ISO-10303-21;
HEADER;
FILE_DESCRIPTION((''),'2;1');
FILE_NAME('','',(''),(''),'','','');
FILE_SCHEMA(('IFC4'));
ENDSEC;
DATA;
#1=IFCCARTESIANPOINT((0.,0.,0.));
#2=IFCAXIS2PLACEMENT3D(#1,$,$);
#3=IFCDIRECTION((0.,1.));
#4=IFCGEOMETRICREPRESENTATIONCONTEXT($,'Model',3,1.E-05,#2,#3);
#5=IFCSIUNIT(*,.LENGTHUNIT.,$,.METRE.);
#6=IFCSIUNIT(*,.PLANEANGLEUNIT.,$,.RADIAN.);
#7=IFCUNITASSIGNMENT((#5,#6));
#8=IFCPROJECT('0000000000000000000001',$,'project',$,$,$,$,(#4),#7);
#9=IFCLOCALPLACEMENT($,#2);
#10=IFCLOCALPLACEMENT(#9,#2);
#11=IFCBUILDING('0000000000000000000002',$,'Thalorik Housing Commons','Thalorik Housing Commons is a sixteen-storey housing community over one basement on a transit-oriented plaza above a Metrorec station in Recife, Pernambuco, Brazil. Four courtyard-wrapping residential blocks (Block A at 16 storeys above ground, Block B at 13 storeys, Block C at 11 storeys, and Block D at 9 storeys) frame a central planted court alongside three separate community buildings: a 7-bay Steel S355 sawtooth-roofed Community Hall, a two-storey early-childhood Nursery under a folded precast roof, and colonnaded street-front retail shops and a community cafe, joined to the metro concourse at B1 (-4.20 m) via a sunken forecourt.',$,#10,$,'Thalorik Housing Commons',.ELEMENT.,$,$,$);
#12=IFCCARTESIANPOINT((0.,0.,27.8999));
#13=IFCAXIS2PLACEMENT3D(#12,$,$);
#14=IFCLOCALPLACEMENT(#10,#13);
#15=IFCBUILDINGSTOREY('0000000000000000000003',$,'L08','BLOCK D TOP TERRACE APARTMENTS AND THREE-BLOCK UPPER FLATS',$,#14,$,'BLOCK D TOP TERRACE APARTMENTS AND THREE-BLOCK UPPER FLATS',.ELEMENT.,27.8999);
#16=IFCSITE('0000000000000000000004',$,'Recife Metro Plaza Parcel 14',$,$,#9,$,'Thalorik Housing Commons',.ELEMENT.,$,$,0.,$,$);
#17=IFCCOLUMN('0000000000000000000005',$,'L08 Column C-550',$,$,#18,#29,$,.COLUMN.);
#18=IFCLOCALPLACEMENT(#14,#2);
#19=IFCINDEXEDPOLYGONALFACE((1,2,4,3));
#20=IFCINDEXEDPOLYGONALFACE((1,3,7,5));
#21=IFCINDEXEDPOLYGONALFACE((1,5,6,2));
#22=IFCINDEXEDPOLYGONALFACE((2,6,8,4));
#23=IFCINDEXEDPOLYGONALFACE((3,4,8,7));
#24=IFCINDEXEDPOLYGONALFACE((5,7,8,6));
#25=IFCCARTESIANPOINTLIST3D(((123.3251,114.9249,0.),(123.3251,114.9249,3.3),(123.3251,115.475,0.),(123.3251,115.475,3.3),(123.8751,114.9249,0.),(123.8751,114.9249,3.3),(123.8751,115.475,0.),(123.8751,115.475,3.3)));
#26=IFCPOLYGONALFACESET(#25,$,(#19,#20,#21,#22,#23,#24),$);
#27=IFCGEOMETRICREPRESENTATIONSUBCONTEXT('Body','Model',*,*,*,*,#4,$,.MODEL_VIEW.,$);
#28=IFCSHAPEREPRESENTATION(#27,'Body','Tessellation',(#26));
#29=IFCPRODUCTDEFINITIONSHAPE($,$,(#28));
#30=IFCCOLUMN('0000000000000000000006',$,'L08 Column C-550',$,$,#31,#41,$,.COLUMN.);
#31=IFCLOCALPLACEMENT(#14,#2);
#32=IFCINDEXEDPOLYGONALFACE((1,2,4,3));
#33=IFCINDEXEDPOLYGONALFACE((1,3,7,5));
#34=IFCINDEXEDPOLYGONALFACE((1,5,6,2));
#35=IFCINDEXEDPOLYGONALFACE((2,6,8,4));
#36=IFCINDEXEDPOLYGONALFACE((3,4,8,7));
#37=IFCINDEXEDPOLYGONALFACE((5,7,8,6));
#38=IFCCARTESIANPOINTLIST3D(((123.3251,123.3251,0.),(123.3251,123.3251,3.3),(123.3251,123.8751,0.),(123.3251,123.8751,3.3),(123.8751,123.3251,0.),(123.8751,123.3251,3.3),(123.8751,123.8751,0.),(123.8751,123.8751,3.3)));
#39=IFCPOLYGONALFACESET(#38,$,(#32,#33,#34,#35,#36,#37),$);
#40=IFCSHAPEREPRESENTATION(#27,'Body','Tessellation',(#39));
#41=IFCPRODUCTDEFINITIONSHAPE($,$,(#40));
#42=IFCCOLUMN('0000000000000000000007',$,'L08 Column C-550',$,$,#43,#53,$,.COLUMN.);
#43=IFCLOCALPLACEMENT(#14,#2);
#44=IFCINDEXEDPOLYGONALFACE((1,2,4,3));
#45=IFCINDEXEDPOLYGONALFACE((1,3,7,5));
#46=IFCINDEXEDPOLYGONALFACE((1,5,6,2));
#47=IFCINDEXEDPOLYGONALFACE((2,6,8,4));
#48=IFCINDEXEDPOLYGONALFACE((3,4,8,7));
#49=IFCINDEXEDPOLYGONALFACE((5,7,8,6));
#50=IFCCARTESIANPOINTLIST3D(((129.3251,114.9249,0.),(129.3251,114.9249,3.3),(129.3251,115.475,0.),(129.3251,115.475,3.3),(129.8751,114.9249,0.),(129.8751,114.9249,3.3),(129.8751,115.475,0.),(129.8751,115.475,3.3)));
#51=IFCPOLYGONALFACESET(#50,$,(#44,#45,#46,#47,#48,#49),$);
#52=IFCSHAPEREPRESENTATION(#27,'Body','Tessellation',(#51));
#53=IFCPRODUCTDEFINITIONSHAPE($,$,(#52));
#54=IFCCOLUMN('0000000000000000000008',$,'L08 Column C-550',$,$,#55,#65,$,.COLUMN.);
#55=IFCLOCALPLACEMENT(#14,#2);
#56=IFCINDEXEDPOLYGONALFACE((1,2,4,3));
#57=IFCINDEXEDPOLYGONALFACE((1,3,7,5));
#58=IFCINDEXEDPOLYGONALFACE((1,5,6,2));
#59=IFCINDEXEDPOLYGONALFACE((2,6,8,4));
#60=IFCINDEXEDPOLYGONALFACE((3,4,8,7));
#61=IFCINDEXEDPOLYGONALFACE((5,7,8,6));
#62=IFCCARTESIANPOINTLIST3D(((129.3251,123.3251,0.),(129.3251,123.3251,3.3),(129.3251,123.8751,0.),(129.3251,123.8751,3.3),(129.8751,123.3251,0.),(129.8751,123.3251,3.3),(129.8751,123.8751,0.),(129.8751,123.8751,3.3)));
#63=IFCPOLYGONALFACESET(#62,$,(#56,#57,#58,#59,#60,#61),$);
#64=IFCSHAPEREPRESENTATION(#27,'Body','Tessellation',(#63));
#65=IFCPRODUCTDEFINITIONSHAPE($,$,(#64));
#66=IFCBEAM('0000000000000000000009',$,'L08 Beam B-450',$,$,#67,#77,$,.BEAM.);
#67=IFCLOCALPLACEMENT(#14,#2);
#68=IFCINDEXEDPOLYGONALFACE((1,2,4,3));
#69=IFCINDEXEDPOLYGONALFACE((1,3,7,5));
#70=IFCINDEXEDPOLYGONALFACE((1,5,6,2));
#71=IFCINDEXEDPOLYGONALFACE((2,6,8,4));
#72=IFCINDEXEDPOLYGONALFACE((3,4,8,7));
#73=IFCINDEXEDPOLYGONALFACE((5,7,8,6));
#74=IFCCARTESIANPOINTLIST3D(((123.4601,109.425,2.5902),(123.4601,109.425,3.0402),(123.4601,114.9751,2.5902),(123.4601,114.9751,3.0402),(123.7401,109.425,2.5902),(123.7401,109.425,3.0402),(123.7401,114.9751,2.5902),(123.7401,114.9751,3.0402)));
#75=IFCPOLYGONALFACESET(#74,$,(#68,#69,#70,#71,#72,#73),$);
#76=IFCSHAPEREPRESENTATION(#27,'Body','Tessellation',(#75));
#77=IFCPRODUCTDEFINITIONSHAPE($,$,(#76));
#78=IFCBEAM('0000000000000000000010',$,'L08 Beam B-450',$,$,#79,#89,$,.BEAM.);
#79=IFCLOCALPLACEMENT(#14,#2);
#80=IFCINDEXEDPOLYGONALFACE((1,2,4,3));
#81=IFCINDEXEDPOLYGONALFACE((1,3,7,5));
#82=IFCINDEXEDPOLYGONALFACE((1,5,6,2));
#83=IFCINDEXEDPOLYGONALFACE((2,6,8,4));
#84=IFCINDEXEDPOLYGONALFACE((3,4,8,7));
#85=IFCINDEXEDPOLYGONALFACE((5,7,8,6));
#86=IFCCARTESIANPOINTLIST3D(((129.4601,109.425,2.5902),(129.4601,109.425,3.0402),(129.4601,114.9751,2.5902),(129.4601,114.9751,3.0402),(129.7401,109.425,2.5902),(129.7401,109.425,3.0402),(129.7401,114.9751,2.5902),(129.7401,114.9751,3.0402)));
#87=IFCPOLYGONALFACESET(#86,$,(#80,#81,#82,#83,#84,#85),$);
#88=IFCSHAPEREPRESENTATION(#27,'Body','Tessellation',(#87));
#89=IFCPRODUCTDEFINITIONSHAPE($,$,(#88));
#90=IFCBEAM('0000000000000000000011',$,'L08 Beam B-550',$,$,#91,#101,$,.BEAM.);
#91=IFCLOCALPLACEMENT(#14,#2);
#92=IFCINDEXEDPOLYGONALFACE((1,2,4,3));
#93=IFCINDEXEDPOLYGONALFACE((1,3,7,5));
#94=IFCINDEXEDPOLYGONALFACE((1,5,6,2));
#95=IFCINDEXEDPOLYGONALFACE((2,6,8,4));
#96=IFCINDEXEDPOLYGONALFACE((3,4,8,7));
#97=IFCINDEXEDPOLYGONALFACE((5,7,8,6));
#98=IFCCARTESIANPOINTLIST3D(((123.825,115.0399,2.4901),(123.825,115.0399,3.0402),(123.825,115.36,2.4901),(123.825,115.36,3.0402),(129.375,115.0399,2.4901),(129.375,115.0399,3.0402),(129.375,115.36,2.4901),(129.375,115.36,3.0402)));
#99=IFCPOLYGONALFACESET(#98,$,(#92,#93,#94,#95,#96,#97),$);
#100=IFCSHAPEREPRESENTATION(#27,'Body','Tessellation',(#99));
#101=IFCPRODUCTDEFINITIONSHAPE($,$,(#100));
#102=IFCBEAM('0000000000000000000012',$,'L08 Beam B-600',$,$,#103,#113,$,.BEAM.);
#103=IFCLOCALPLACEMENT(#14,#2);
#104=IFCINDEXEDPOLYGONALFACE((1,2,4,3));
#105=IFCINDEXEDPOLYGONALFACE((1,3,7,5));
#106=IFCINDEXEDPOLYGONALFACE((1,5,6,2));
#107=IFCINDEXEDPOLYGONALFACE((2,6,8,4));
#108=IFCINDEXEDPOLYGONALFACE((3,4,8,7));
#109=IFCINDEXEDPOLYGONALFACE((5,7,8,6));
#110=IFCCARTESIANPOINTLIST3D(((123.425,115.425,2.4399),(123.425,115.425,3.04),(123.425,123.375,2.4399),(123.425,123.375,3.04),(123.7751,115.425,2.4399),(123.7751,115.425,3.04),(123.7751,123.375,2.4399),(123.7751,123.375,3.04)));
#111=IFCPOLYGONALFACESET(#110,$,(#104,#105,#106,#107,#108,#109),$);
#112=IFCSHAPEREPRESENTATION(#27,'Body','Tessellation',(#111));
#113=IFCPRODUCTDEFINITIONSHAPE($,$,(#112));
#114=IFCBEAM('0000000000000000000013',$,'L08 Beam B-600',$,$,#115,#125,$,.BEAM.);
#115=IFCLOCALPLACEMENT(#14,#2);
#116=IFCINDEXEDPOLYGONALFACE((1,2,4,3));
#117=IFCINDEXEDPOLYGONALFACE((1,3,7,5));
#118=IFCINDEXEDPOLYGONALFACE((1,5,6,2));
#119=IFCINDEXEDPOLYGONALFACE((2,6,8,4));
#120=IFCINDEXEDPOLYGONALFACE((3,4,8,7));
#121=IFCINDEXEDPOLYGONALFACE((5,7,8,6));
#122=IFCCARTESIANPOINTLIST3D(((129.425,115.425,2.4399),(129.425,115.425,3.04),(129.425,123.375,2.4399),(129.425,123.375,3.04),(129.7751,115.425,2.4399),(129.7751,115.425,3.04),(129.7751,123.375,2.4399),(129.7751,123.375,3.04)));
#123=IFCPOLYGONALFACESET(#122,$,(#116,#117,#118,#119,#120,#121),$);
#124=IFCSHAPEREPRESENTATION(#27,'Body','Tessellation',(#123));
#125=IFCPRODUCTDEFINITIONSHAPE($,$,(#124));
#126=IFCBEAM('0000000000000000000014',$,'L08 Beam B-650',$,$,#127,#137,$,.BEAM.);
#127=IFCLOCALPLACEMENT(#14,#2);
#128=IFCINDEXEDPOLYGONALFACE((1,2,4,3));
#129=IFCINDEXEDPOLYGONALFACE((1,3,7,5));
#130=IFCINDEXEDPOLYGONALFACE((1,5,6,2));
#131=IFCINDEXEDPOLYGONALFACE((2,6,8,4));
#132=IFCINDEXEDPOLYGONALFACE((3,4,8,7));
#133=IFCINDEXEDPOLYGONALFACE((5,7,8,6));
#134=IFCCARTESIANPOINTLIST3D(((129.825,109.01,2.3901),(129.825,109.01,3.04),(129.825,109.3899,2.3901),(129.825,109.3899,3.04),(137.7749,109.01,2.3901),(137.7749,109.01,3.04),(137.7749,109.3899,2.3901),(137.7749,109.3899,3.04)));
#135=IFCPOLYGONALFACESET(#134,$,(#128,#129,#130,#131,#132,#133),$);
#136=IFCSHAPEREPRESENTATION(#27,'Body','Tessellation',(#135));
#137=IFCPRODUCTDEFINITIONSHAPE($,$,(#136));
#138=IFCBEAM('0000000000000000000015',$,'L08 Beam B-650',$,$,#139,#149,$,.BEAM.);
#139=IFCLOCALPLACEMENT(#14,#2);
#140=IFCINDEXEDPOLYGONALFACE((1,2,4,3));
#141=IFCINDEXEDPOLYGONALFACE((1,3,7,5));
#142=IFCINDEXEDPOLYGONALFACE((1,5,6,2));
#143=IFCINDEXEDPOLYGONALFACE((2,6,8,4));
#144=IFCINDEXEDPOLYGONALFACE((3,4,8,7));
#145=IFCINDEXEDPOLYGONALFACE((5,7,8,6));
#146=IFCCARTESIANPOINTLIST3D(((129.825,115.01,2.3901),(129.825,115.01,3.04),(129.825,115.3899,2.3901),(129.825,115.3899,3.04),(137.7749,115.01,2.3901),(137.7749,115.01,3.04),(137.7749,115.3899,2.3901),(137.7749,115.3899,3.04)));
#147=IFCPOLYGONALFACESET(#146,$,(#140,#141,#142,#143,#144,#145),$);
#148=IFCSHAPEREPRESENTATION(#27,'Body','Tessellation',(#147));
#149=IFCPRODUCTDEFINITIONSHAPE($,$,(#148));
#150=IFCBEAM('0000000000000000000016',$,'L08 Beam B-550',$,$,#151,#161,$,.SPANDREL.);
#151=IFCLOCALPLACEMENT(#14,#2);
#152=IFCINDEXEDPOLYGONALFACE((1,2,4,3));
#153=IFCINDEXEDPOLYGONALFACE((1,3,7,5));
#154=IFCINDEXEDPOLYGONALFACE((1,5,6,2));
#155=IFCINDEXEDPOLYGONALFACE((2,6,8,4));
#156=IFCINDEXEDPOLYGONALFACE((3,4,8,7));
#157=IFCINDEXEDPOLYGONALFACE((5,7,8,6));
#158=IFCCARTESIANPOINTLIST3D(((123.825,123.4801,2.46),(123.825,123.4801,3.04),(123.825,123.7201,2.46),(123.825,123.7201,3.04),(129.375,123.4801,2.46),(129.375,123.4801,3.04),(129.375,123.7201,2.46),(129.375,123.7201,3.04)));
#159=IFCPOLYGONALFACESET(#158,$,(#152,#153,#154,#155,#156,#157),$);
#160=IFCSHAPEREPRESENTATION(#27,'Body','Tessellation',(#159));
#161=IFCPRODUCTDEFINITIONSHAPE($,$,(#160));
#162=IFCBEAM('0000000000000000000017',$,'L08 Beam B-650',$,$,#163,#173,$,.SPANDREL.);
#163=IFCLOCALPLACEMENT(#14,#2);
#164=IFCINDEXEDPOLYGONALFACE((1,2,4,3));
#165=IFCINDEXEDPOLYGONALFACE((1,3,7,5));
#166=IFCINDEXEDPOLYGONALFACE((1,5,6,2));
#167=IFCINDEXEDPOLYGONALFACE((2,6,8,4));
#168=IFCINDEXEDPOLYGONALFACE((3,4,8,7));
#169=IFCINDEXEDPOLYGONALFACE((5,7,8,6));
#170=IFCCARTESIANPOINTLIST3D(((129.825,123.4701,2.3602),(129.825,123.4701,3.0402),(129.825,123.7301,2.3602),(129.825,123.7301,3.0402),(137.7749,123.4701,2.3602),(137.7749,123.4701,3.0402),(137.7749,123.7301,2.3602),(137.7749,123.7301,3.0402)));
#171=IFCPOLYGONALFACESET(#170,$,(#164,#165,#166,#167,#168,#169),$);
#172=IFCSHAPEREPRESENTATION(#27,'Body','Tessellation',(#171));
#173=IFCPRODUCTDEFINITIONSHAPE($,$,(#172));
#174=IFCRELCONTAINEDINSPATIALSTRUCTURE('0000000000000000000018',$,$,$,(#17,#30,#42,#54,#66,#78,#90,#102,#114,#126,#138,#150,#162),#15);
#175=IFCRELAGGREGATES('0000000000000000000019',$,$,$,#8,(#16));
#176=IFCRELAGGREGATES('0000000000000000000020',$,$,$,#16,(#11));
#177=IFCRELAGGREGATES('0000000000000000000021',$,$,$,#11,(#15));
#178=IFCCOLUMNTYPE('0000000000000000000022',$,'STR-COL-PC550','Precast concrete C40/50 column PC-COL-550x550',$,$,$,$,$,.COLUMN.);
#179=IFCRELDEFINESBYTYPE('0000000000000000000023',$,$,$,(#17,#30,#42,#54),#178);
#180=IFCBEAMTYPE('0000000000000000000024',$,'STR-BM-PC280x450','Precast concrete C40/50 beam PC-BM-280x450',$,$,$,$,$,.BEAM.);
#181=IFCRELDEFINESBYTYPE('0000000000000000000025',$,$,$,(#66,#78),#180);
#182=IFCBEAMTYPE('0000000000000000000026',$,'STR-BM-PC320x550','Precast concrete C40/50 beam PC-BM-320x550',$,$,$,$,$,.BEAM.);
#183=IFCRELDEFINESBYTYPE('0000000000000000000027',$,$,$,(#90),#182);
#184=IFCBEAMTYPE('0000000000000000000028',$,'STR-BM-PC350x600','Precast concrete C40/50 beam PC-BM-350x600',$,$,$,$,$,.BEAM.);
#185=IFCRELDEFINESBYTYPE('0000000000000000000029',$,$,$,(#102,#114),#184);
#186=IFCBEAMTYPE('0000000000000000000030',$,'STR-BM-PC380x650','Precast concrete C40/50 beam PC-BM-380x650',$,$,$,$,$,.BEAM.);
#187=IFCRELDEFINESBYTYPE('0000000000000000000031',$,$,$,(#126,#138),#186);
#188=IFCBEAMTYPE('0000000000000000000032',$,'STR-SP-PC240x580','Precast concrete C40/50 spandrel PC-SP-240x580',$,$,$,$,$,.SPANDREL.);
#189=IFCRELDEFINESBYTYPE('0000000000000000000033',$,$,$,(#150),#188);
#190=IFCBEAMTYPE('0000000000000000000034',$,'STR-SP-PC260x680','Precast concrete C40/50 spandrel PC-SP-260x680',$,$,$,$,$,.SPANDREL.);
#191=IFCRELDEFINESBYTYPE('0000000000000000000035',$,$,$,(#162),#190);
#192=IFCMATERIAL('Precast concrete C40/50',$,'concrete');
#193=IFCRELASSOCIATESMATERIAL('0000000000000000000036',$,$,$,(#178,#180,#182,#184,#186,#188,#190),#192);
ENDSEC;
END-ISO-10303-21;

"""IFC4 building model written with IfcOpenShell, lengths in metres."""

from ifc_helpers import new_model, si_unit, direction, frame, origin, origin_2d, place, context, subcontext, project, spatial, rectangle, extrude, material, material_profile, profile_set, type_object, element, save


model = new_model("IFC4")

# Units and contexts
model_context = context("Model", 3, precision=1e-05, world=origin(), true_north=direction((0.0, 1.0)))
body_context = subcontext(model_context, "Body", "Model", "MODEL_VIEW")
ifc_project = project(units=[si_unit("LENGTHUNIT", "METRE"), si_unit("PLANEANGLEUNIT", "RADIAN")], contexts=[model_context])

# Site, building, storey
site_placement = place(None, origin())
site = spatial("IfcSite", under=ifc_project, at=site_placement, Name="Recife Metro Plaza Parcel 14", LongName="Thalorik Housing Commons", CompositionType="ELEMENT", RefElevation=0.0)
building_placement = place(site_placement, origin())
building = spatial("IfcBuilding", under=site, at=building_placement, Name="Thalorik Housing Commons", Description="Thalorik Housing Commons is a sixteen-storey housing community over one basement on a transit-oriented plaza above a Metrorec station in Recife, Pernambuco, Brazil. Four courtyard-wrapping residential blocks (Block A at 16 storeys above ground, Block B at 13 storeys, Block C at 11 storeys, and Block D at 9 storeys) frame a central planted court alongside three separate community buildings: a 7-bay Steel S355 sawtooth-roofed Community Hall, a two-storey early-childhood Nursery under a folded precast roof, and colonnaded street-front retail shops and a community cafe, joined to the metro concourse at B1 (-4.20 m) via a sunken forecourt.", LongName="Thalorik Housing Commons", CompositionType="ELEMENT")
storey_placement = place(building_placement, frame((0.0, 0.0, 27.8999)))
storey = spatial("IfcBuildingStorey", under=building, at=storey_placement, Name="L08", Description="BLOCK D TOP TERRACE APARTMENTS AND THREE-BLOCK UPPER FLATS", LongName="BLOCK D TOP TERRACE APARTMENTS AND THREE-BLOCK UPPER FLATS", CompositionType="ELEMENT", Elevation=27.8999)

# Columns
ifc_material_1 = material(Name="Precast concrete C40/50", Category="concrete")
ifc_material_profile_1 = material_profile(ifc_material_1, rectangle(XDim=0.55, YDim=0.55, at=origin_2d()), Name="PC 550x550", Category="concrete")
ifc_profile_set_1 = profile_set([ifc_material_profile_1], Name="Precast concrete C40/50")
column_type = type_object("IfcColumnType", Name="STR-COL-PC550", Description="Precast concrete C40/50 column PC-COL-550x550", PredefinedType="COLUMN", material=ifc_profile_set_1)
for number, where, z_axis, x_axis, name in (
    (1, (123.6001, 115.2, 0.0), (0.0, 0.0, 1.0), (1.0, 0.0, 0.0), "L08 Column C-550"),
    (2, (123.6001, 123.6001, 0.0), (0.0, 0.0, 1.0), (1.0, 0.0, 0.0), "L08 Column C-550"),
    (3, (129.6001, 115.2, 0.0), (0.0, 0.0, 1.0), (1.0, 0.0, 0.0), "L08 Column C-550"),
    (4, (129.6001, 123.6001, 0.0), (0.0, 0.0, 1.0), (1.0, 0.0, 0.0), "L08 Column C-550"),
):
    element("IfcColumn", number, at=place(storey_placement, frame(where, z_axis=z_axis, x_axis=x_axis)), inside=storey, type_object=column_type, Name=name, PredefinedType="COLUMN", context=body_context, shape_type="SweptSolid", body=[
        extrude(rectangle(XDim=0.55, YDim=0.55, at=origin_2d()), origin(), (0.0, 0.0, 1.0), 3.3),
    ])

# Beams
ifc_material_profile_2 = material_profile(ifc_material_1, rectangle(XDim=0.28, YDim=0.45, at=origin_2d()), Name="PC 280x450", Category="concrete")
ifc_profile_set_2 = profile_set([ifc_material_profile_2], Name="Precast concrete C40/50")
beam_type_1 = type_object("IfcBeamType", Name="STR-BM-PC280x450", Description="Precast concrete C40/50 beam PC-BM-280x450", PredefinedType="BEAM", material=ifc_profile_set_2)
for number, where, z_axis, x_axis, name in (
    (5, (123.6001, 109.425, 2.8152), (0.0, 1.0, 0.0), (-1.0, 0.0, 0.0), "L08 Beam B-450"),
    (6, (129.6001, 109.425, 2.8152), (0.0, 1.0, 0.0), (-1.0, 0.0, 0.0), "L08 Beam B-450"),
):
    element("IfcBeam", number, at=place(storey_placement, frame(where, z_axis=z_axis, x_axis=x_axis)), inside=storey, type_object=beam_type_1, Name=name, PredefinedType="BEAM", context=body_context, shape_type="SweptSolid", body=[
        extrude(rectangle(XDim=0.28, YDim=0.45, at=origin_2d()), origin(), (0.0, 0.0, 1.0), 5.55),
    ])
ifc_material_profile_3 = material_profile(ifc_material_1, rectangle(XDim=0.3201, YDim=0.55, at=origin_2d()), Name="PC 320x550", Category="concrete")
ifc_profile_set_3 = profile_set([ifc_material_profile_3], Name="Precast concrete C40/50")
beam_type_2 = type_object("IfcBeamType", Name="STR-BM-PC320x550", Description="Precast concrete C40/50 beam PC-BM-320x550", PredefinedType="BEAM", material=ifc_profile_set_3)
beam_1_placement = place(storey_placement, frame((123.825, 115.2, 2.7651), z_axis=(1.0, 0.0, 0.0), x_axis=(0.0, 1.0, 0.0)))
element("IfcBeam", 7, at=beam_1_placement, inside=storey, type_object=beam_type_2, Name="L08 Beam B-550", PredefinedType="BEAM", context=body_context, shape_type="SweptSolid", body=[
    extrude(rectangle(XDim=0.3201, YDim=0.55, at=origin_2d()), origin(), (0.0, 0.0, 1.0), 5.55),
])
ifc_material_profile_4 = material_profile(ifc_material_1, rectangle(XDim=0.3501, YDim=0.6001, at=origin_2d()), Name="PC 350x600", Category="concrete")
ifc_profile_set_4 = profile_set([ifc_material_profile_4], Name="Precast concrete C40/50")
beam_type_3 = type_object("IfcBeamType", Name="STR-BM-PC350x600", Description="Precast concrete C40/50 beam PC-BM-350x600", PredefinedType="BEAM", material=ifc_profile_set_4)
for number, where, z_axis, x_axis, name in (
    (8, (123.6001, 115.425, 2.74), (0.0, 1.0, 0.0), (-1.0, 0.0, 0.0), "L08 Beam B-600"),
    (9, (129.6001, 115.425, 2.74), (0.0, 1.0, 0.0), (-1.0, 0.0, 0.0), "L08 Beam B-600"),
):
    element("IfcBeam", number, at=place(storey_placement, frame(where, z_axis=z_axis, x_axis=x_axis)), inside=storey, type_object=beam_type_3, Name=name, PredefinedType="BEAM", context=body_context, shape_type="SweptSolid", body=[
        extrude(rectangle(XDim=0.3501, YDim=0.6001, at=origin_2d()), origin(), (0.0, 0.0, 1.0), 7.95),
    ])
ifc_material_profile_5 = material_profile(ifc_material_1, rectangle(XDim=0.3799, YDim=0.6499, at=origin_2d()), Name="PC 380x650", Category="concrete")
ifc_profile_set_5 = profile_set([ifc_material_profile_5], Name="Precast concrete C40/50")
beam_type_4 = type_object("IfcBeamType", Name="STR-BM-PC380x650", Description="Precast concrete C40/50 beam PC-BM-380x650", PredefinedType="BEAM", material=ifc_profile_set_5)
for number, where, z_axis, x_axis, name in (
    (10, (129.825, 109.2, 2.7151), (1.0, 0.0, 0.0), (0.0, 1.0, 0.0), "L08 Beam B-650"),
    (11, (129.825, 115.2, 2.7151), (1.0, 0.0, 0.0), (0.0, 1.0, 0.0), "L08 Beam B-650"),
):
    element("IfcBeam", number, at=place(storey_placement, frame(where, z_axis=z_axis, x_axis=x_axis)), inside=storey, type_object=beam_type_4, Name=name, PredefinedType="BEAM", context=body_context, shape_type="SweptSolid", body=[
        extrude(rectangle(XDim=0.3799, YDim=0.6499, at=origin_2d()), origin(), (0.0, 0.0, 1.0), 7.95),
    ])
ifc_material_profile_6 = material_profile(ifc_material_1, rectangle(XDim=0.24, YDim=0.5801, at=origin_2d()), Name="PC SP 240x580", Category="concrete")
ifc_profile_set_6 = profile_set([ifc_material_profile_6], Name="Precast concrete C40/50")
beam_type_5 = type_object("IfcBeamType", Name="STR-SP-PC240x580", Description="Precast concrete C40/50 spandrel PC-SP-240x580", PredefinedType="SPANDREL", material=ifc_profile_set_6)
beam_2_placement = place(storey_placement, frame((123.825, 123.6001, 2.75), z_axis=(1.0, 0.0, 0.0), x_axis=(0.0, 1.0, 0.0)))
element("IfcBeam", 12, at=beam_2_placement, inside=storey, type_object=beam_type_5, Name="L08 Beam B-550", PredefinedType="SPANDREL", context=body_context, shape_type="SweptSolid", body=[
    extrude(rectangle(XDim=0.24, YDim=0.5801, at=origin_2d()), origin(), (0.0, 0.0, 1.0), 5.55),
])
ifc_material_profile_7 = material_profile(ifc_material_1, rectangle(XDim=0.26, YDim=0.6799, at=origin_2d()), Name="PC SP 260x680", Category="concrete")
ifc_profile_set_7 = profile_set([ifc_material_profile_7], Name="Precast concrete C40/50")
beam_type_6 = type_object("IfcBeamType", Name="STR-SP-PC260x680", Description="Precast concrete C40/50 spandrel PC-SP-260x680", PredefinedType="SPANDREL", material=ifc_profile_set_7)
beam_3_placement = place(storey_placement, frame((129.825, 123.6001, 2.7002), z_axis=(1.0, 0.0, 0.0), x_axis=(0.0, 1.0, 0.0)))
element("IfcBeam", 13, at=beam_3_placement, inside=storey, type_object=beam_type_6, Name="L08 Beam B-650", PredefinedType="SPANDREL", context=body_context, shape_type="SweptSolid", body=[
    extrude(rectangle(XDim=0.26, YDim=0.6799, at=origin_2d()), origin(), (0.0, 0.0, 1.0), 7.95),
])

save(model, "model.ifc")
